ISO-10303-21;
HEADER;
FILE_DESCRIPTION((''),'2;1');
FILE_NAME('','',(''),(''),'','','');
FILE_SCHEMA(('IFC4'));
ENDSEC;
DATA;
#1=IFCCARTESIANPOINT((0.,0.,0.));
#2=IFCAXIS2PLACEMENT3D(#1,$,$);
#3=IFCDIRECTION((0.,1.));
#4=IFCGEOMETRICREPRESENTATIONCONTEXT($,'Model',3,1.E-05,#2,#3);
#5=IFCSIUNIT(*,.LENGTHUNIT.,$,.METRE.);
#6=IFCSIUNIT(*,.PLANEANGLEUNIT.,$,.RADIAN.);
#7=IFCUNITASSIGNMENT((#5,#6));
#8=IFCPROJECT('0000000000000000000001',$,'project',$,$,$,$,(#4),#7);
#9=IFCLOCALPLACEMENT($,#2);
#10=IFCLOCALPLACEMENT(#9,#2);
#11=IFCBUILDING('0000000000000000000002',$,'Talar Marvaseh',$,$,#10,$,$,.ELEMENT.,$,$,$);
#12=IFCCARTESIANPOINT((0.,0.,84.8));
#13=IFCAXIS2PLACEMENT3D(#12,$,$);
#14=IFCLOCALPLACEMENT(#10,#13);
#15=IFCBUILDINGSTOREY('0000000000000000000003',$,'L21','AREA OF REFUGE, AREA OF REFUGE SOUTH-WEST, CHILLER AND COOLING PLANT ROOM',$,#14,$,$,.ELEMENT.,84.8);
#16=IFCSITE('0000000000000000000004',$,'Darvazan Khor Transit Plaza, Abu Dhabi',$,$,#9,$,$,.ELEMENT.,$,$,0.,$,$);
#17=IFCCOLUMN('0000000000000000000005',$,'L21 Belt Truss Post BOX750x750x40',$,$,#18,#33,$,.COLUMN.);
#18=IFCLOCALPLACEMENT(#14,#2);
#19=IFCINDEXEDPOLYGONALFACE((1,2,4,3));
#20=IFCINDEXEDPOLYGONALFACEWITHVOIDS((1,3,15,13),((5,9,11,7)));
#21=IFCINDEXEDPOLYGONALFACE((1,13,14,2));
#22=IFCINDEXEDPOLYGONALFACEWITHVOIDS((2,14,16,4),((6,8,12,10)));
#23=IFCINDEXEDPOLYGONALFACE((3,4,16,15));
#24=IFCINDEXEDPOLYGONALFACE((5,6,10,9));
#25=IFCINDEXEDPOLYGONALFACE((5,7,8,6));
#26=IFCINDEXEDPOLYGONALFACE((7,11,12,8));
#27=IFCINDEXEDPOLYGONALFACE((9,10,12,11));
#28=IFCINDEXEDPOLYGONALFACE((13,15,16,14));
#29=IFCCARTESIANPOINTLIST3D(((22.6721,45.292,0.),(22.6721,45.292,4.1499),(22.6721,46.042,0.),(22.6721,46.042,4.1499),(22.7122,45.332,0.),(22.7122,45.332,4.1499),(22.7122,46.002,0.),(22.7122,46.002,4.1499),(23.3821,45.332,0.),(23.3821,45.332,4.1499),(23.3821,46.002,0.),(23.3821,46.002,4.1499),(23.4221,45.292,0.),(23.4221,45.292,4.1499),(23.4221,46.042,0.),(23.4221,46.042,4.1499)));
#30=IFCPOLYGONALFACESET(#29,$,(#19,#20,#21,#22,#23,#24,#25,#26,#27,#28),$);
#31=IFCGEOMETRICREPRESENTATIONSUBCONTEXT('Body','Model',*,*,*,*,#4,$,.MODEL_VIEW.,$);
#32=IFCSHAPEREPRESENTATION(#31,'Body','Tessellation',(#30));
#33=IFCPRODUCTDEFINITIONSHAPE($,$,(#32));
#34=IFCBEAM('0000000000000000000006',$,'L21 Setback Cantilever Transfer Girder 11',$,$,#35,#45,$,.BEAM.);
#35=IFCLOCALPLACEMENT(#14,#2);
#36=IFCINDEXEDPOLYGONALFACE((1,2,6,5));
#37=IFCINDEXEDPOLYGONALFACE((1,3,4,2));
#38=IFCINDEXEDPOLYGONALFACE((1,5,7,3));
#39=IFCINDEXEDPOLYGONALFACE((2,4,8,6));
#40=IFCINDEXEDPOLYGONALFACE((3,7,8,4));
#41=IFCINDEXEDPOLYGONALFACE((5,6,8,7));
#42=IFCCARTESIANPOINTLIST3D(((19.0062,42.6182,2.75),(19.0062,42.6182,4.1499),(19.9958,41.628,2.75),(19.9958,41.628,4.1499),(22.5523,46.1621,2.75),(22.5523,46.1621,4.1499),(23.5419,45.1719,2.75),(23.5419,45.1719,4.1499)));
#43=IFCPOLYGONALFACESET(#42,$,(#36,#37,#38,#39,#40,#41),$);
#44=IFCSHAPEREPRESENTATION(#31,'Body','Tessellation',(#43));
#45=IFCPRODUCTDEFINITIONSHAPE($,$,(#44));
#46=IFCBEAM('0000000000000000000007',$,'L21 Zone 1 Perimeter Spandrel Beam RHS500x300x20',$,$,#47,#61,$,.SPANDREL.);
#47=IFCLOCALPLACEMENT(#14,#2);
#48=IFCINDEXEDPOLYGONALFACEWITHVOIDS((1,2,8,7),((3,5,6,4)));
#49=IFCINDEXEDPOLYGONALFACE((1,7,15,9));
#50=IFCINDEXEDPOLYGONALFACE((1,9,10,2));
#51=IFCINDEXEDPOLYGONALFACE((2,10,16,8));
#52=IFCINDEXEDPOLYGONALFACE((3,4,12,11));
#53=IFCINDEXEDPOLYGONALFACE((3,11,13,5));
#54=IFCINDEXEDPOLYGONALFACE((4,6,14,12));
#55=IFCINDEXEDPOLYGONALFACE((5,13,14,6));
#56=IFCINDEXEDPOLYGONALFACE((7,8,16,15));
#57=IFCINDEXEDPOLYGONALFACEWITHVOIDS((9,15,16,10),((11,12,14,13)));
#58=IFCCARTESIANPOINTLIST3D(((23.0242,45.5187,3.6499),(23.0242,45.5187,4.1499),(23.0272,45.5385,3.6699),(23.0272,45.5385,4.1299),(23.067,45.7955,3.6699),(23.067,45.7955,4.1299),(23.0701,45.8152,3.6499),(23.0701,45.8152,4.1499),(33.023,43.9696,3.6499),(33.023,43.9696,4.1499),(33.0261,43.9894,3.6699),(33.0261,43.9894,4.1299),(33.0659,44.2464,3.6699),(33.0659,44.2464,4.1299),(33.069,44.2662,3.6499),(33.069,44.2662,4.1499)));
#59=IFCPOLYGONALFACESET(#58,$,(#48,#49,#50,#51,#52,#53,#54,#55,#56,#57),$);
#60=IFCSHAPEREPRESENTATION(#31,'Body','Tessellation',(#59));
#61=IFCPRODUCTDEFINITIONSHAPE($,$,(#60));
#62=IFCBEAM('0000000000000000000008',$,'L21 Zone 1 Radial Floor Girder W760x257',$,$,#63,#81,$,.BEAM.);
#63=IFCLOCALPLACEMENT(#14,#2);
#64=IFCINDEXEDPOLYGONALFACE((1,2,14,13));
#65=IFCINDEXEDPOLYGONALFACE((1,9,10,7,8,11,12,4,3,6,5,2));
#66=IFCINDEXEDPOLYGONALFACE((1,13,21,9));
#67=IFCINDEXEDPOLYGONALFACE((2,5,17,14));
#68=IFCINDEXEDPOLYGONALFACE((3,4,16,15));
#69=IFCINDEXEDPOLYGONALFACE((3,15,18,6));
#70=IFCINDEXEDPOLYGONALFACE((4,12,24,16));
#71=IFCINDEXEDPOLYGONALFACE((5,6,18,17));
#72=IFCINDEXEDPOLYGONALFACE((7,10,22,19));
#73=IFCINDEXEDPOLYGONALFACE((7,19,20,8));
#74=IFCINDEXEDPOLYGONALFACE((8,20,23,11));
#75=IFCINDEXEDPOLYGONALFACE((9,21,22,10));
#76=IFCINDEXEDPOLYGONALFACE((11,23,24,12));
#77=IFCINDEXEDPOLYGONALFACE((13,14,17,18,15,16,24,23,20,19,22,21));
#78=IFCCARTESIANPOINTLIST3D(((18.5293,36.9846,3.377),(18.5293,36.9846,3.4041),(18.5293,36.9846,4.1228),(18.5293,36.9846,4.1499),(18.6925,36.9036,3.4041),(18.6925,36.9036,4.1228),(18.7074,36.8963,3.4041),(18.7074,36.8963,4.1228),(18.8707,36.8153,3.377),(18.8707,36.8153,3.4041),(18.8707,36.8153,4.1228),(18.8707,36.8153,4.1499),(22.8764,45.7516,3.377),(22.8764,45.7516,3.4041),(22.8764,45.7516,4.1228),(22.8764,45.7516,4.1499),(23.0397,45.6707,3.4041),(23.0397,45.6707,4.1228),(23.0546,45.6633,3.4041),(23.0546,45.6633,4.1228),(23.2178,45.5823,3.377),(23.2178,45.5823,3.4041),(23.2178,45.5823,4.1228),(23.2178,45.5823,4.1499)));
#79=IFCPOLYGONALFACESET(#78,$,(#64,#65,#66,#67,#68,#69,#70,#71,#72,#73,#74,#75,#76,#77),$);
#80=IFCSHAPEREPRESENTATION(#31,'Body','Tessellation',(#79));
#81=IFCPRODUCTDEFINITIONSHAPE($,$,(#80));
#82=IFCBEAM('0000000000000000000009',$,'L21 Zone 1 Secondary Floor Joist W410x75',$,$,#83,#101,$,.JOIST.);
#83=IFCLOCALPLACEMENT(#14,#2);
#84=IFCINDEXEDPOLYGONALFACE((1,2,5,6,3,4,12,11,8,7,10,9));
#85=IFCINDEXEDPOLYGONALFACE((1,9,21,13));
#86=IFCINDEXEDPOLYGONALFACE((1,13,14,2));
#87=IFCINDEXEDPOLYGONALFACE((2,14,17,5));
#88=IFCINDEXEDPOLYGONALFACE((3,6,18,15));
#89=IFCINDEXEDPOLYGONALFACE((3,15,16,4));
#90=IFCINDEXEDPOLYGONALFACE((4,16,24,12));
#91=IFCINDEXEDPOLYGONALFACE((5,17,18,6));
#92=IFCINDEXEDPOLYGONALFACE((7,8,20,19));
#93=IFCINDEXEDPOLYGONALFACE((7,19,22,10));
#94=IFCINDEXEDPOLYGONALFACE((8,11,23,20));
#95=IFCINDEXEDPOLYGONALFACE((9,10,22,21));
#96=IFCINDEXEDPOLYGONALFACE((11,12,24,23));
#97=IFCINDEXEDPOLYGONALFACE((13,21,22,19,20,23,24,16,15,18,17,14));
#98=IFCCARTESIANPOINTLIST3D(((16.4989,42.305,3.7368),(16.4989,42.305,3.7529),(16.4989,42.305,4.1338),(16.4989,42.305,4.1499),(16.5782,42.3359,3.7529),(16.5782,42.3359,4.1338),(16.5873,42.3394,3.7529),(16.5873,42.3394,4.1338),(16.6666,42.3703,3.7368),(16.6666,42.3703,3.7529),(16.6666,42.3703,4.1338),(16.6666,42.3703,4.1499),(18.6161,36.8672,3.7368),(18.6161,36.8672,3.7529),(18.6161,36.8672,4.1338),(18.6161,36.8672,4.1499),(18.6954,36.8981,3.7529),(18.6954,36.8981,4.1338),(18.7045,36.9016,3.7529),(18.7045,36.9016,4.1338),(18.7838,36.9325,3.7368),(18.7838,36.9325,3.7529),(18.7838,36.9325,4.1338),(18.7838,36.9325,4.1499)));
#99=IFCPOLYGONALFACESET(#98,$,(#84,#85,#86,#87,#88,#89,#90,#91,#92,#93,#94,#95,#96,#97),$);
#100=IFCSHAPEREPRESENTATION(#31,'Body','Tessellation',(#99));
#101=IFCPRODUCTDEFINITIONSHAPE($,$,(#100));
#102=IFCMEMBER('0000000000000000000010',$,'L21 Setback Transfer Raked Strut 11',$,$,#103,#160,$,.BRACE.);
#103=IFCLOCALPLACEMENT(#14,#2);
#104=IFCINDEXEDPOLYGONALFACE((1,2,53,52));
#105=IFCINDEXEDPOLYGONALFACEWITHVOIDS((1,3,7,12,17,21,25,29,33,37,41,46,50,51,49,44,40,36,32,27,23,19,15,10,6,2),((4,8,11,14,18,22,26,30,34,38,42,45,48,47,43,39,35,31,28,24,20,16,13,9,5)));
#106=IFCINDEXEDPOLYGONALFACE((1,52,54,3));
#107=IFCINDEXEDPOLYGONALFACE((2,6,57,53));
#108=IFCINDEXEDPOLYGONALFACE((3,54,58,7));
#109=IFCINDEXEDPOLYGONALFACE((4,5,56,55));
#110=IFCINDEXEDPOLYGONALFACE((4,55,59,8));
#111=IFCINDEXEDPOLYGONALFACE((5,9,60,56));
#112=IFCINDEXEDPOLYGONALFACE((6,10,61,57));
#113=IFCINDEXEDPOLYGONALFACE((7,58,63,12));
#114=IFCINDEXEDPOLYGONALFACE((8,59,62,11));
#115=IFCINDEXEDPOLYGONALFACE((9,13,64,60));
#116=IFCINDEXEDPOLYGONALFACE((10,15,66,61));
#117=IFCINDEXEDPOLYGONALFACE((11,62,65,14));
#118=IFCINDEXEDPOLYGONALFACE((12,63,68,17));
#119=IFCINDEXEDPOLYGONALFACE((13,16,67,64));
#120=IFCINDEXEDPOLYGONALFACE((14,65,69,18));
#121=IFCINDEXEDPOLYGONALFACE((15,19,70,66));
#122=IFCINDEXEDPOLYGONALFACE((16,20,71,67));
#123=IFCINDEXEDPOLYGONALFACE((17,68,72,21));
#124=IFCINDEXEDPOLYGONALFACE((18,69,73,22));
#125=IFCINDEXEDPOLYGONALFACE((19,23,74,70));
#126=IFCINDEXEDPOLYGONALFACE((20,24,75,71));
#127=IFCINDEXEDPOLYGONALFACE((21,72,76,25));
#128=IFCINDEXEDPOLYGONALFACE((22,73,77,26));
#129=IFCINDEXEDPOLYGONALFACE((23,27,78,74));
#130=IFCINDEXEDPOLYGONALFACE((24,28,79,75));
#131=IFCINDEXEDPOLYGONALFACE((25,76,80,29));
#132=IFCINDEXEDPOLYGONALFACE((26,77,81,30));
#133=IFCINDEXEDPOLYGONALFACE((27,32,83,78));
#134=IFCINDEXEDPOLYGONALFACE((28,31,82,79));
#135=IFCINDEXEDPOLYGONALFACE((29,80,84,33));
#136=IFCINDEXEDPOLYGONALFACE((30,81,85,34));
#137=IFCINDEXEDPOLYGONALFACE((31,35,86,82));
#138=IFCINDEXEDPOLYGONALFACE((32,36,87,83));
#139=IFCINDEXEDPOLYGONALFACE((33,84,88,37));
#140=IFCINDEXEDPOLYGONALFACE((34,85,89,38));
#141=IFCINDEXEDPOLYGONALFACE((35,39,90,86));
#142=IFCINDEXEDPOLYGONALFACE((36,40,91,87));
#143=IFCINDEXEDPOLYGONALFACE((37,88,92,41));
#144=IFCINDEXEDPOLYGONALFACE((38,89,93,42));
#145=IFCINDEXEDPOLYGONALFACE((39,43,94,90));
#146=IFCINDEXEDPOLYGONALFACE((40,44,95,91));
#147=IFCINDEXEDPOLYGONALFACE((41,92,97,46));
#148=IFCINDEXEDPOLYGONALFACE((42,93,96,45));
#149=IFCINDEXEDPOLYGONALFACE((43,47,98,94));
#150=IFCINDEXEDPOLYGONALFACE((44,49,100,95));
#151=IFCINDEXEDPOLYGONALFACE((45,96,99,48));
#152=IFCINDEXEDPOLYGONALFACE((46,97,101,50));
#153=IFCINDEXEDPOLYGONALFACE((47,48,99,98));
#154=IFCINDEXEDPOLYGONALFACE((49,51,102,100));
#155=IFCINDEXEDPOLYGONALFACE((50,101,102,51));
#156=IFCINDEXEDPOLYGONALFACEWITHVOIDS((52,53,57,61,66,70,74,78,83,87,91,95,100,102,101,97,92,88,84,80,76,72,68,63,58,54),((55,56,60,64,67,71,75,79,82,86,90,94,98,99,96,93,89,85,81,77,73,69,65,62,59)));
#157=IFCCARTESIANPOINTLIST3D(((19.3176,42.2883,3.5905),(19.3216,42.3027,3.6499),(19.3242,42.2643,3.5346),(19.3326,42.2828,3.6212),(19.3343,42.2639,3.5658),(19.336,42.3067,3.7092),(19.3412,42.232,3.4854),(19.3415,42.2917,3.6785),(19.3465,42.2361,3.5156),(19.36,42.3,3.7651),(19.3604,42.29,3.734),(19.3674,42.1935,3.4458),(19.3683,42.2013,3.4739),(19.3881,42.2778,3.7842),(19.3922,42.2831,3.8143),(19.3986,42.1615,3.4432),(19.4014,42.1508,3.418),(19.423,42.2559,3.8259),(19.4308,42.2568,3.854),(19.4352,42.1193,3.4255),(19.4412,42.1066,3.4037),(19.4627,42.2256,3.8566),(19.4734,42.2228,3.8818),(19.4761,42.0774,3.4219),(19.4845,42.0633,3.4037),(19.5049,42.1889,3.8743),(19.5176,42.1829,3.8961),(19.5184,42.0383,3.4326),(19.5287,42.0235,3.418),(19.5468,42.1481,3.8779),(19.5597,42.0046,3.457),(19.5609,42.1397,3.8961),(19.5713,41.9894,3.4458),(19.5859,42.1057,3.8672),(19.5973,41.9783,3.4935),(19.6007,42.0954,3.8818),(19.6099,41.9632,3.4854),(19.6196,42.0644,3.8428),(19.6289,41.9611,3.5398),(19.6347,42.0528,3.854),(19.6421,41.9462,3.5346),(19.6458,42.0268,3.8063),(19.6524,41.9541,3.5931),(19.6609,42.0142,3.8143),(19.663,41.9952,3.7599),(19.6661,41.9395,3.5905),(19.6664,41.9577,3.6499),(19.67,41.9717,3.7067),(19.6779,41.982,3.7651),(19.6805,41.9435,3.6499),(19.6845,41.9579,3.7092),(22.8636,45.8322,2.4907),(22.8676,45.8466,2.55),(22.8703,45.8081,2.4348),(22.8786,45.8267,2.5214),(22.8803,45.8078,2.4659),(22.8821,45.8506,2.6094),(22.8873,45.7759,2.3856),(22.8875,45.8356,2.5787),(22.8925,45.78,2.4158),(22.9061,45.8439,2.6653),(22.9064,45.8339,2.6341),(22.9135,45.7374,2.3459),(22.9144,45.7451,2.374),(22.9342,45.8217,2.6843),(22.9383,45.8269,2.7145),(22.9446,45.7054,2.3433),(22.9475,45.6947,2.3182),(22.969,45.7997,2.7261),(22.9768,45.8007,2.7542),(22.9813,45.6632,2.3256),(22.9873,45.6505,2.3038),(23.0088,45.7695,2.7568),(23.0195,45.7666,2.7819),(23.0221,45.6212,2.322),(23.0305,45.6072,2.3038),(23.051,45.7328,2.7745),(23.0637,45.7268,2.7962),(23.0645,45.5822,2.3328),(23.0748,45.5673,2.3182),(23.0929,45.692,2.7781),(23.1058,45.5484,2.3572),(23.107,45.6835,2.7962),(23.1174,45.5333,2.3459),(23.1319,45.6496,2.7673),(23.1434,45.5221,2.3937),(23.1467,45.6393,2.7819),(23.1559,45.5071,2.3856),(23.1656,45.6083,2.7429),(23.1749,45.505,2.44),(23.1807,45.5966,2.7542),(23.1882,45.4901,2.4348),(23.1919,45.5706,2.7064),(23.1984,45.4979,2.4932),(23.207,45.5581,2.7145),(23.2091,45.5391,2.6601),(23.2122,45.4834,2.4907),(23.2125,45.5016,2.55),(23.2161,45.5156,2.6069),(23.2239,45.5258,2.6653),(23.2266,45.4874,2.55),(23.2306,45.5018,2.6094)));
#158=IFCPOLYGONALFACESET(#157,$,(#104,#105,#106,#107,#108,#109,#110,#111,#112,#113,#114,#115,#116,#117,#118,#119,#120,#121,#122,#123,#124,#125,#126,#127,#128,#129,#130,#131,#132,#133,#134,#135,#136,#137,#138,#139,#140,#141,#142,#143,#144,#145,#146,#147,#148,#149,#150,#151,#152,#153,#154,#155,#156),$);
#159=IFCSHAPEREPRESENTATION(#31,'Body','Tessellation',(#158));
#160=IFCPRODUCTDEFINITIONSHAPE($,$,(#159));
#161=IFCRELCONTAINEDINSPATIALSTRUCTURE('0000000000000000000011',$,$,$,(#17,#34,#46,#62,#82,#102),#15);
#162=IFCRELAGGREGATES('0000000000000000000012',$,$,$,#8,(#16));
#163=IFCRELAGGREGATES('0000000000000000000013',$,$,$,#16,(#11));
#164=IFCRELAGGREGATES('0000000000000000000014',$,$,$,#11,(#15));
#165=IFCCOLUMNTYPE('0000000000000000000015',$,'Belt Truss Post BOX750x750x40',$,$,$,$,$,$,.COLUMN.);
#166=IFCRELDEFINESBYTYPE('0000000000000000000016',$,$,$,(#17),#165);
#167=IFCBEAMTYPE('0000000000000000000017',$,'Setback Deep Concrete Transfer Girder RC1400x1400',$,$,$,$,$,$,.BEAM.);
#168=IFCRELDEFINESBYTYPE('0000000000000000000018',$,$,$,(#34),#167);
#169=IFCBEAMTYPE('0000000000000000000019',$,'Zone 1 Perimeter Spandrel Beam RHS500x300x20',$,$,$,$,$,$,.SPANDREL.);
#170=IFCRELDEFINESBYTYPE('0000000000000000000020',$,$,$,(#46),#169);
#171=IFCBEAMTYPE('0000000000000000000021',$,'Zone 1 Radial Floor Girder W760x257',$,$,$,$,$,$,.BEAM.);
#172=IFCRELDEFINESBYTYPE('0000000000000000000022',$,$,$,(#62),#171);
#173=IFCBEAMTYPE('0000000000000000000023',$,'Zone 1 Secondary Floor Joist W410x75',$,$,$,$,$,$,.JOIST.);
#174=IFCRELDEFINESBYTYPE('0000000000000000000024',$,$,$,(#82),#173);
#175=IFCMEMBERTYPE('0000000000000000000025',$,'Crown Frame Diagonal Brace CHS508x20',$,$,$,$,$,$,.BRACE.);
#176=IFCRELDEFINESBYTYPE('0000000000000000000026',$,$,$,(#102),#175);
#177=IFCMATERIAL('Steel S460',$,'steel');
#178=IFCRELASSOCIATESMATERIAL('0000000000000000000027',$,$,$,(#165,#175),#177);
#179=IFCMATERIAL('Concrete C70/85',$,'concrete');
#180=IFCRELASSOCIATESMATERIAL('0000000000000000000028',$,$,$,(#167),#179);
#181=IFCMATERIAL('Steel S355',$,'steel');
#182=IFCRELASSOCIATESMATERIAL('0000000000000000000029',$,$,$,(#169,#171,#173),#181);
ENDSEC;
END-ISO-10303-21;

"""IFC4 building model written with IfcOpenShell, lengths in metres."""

from ifc_helpers import new_model, si_unit, direction, frame, origin, origin_2d, place, context, subcontext, project, spatial, rectangle, hollow_rectangle, hollow_circle, i_section, extrude, source, transform, mapped, material, material_profile, profile_set, type_object, type_shapes, element, save


model = new_model("IFC4")

# Units and contexts
model_context = context("Model", 3, precision=1e-05, world=origin(), true_north=direction((0.0, 1.0)))
body_context = subcontext(model_context, "Body", "Model", "MODEL_VIEW")
ifc_project = project(units=[si_unit("LENGTHUNIT", "METRE"), si_unit("PLANEANGLEUNIT", "RADIAN")], contexts=[model_context])

# Site, building, storey
site_placement = place(None, origin())
site = spatial("IfcSite", under=ifc_project, at=site_placement, Name="Darvazan Khor Transit Plaza, Abu Dhabi", CompositionType="ELEMENT", RefElevation=0.0)
building_placement = place(site_placement, origin())
building = spatial("IfcBuilding", under=site, at=building_placement, Name="Talar Marvaseh", CompositionType="ELEMENT")
storey_placement = place(building_placement, frame((0.0, 0.0, 84.8)))
storey = spatial("IfcBuildingStorey", under=building, at=storey_placement, Name="L21", Description="AREA OF REFUGE, AREA OF REFUGE SOUTH-WEST, CHILLER AND COOLING PLANT ROOM", CompositionType="ELEMENT", Elevation=84.8)

# Column
ifc_material_1 = material(Name="Steel S460", Category="steel")
ifc_material_profile_1 = material_profile(ifc_material_1, hollow_rectangle(XDim=0.75, YDim=0.75, WallThickness=0.04, at=origin_2d()), Name="BOX750x750x40")
ifc_profile_set_1 = profile_set([ifc_material_profile_1], Name="Steel S460")
column_type = type_object("IfcColumnType", Name="Belt Truss Post BOX750x750x40", PredefinedType="COLUMN", material=ifc_profile_set_1)
column_placement = place(storey_placement, frame((23.0471, 45.667, 0.0), z_axis=(0.0, 0.0, 1.0), x_axis=(1.0, 0.0, 0.0)))
element("IfcColumn", 1, at=column_placement, inside=storey, type_object=column_type, Name="L21 Belt Truss Post BOX750x750x40", PredefinedType="COLUMN", context=body_context, shape_type="SweptSolid", body=[
    extrude(hollow_rectangle(XDim=0.75, YDim=0.75, WallThickness=0.04, at=origin_2d()), origin(), (0.0, 0.0, 1.0), 4.1499),
])

# Beams
ifc_material_2 = material(Name="Concrete C70/85", Category="concrete")
ifc_material_profile_2 = material_profile(ifc_material_2, rectangle(XDim=1.3999, YDim=1.3999, at=origin_2d()), Name="RC1400x1400")
ifc_profile_set_2 = profile_set([ifc_material_profile_2], Name="Concrete C70/85")
beam_type_1 = type_object("IfcBeamType", Name="Setback Deep Concrete Transfer Girder RC1400x1400", PredefinedType="BEAM", material=ifc_profile_set_2)
beam_1_placement = place(storey_placement, frame((23.0471, 45.667, 3.45), z_axis=(-0.707326, -0.706888, 0.0), x_axis=(0.706888, -0.707326, 0.0)))
element("IfcBeam", 2, at=beam_1_placement, inside=storey, type_object=beam_type_1, Name="L21 Setback Cantilever Transfer Girder 11", PredefinedType="BEAM", context=body_context, shape_type="SweptSolid", body=[
    extrude(rectangle(XDim=1.3999, YDim=1.3999, at=origin_2d()), origin(), (0.0, 0.0, 1.0), 5.0134),
])
ifc_material_3 = material(Name="Steel S355", Category="steel")
ifc_material_profile_3 = material_profile(ifc_material_3, hollow_rectangle(XDim=0.3, YDim=0.5, WallThickness=0.02, at=origin_2d()), Name="RHS500x300x20")
ifc_profile_set_3 = profile_set([ifc_material_profile_3], Name="Steel S355")
beam_type_2 = type_object("IfcBeamType", Name="Zone 1 Perimeter Spandrel Beam RHS500x300x20", PredefinedType="SPANDREL", material=ifc_profile_set_3)
beam_2_placement = place(storey_placement, frame((23.0471, 45.667, 3.8999), z_axis=(0.988211, -0.1531, 0.0), x_axis=(0.1531, 0.988211, 0.0)))
element("IfcBeam", 3, at=beam_2_placement, inside=storey, type_object=beam_type_2, Name="L21 Zone 1 Perimeter Spandrel Beam RHS500x300x20", PredefinedType="SPANDREL", context=body_context, shape_type="SweptSolid", body=[
    extrude(hollow_rectangle(XDim=0.3, YDim=0.5, WallThickness=0.02, at=origin_2d()), origin(), (0.0, 0.0, 1.0), 10.1182),
])
ifc_material_profile_4 = material_profile(ifc_material_3, i_section(OverallWidth=0.3811, OverallDepth=0.7729, WebThickness=0.0166, FlangeThickness=0.0271, at=origin_2d()), Name="W760x257")
ifc_profile_set_4 = profile_set([ifc_material_profile_4], Name="Steel S355")
beam_type_3 = type_object("IfcBeamType", Name="Zone 1 Radial Floor Girder W760x257", PredefinedType="BEAM", material=ifc_profile_set_4)
beam_3_placement = place(storey_placement, frame((23.0471, 45.667, 3.7634), z_axis=(-0.444237, -0.895909, 0.0), x_axis=(0.895909, -0.444237, 0.0)))
element("IfcBeam", 4, at=beam_3_placement, inside=storey, type_object=beam_type_3, Name="L21 Zone 1 Radial Floor Girder W760x257", PredefinedType="BEAM", context=body_context, shape_type="SweptSolid", body=[
    extrude(i_section(OverallWidth=0.3811, OverallDepth=0.7729, WebThickness=0.0166, FlangeThickness=0.0271, at=origin_2d()), origin(), (0.0, 0.0, 1.0), 9.7856),
])
ifc_material_profile_5 = material_profile(ifc_material_3, i_section(OverallWidth=0.1799, OverallDepth=0.4131, WebThickness=0.0098, FlangeThickness=0.0161, at=origin_2d()), Name="W410x75")
ifc_profile_set_5 = profile_set([ifc_material_profile_5], Name="Steel S355")
beam_type_4 = type_object("IfcBeamType", Name="Zone 1 Secondary Floor Joist W410x75", PredefinedType="JOIST", material=ifc_profile_set_5)
beam_4_placement = place(storey_placement, frame((16.5828, 42.3376, 3.9434), z_axis=(0.36282, -0.931859, 0.0), x_axis=(0.931859, 0.36282, 0.0)))
element("IfcBeam", 5, at=beam_4_placement, inside=storey, type_object=beam_type_4, Name="L21 Zone 1 Secondary Floor Joist W410x75", PredefinedType="JOIST", context=body_context, shape_type="SweptSolid", body=[
    extrude(i_section(OverallWidth=0.1799, OverallDepth=0.4131, WebThickness=0.0098, FlangeThickness=0.0161, at=origin_2d()), origin(), (0.0, 0.0, 1.0), 5.8354),
])

# Member
ifc_material_profile_6 = material_profile(ifc_material_1, hollow_circle(Radius=0.2539, WallThickness=0.02, at=origin_2d()), Name="CHS508x20")
ifc_profile_set_6 = profile_set([ifc_material_profile_6], Name="Steel S460")
member_type_1 = type_object("IfcMemberType", Name="Crown Frame Diagonal Brace CHS508x20", PredefinedType="BRACE", material=ifc_profile_set_6)
shared_shape_1 = source(origin(), body_context, "Body", "SweptSolid", [
    extrude(hollow_circle(Radius=0.2539, WallThickness=0.02, at=origin_2d()), origin(), (0.0, 0.0, 1.0), 5.1326),
])
type_shapes(member_type_1, [shared_shape_1])
member_1_placement = place(storey_placement, frame((23.0471, 45.667, 2.55), z_axis=(-0.690896, -0.690467, 0.214285), x_axis=(0.706888, -0.707326, 0.0)))
element("IfcMember", 6, at=member_1_placement, inside=storey, type_object=member_type_1, Name="L21 Setback Transfer Raked Strut 11", PredefinedType="BRACE", context=body_context, shape_type="MappedRepresentation", body=[
    mapped(shared_shape_1, transform((0.0, 0.0, 0.0), x_axis=(1.0, 0.0, 0.0), y_axis=(0.0, 1.0, 0.0), z_axis=(0.0, 0.0, 1.0), scale=1.0)),
])

save(model, "model.ifc")
